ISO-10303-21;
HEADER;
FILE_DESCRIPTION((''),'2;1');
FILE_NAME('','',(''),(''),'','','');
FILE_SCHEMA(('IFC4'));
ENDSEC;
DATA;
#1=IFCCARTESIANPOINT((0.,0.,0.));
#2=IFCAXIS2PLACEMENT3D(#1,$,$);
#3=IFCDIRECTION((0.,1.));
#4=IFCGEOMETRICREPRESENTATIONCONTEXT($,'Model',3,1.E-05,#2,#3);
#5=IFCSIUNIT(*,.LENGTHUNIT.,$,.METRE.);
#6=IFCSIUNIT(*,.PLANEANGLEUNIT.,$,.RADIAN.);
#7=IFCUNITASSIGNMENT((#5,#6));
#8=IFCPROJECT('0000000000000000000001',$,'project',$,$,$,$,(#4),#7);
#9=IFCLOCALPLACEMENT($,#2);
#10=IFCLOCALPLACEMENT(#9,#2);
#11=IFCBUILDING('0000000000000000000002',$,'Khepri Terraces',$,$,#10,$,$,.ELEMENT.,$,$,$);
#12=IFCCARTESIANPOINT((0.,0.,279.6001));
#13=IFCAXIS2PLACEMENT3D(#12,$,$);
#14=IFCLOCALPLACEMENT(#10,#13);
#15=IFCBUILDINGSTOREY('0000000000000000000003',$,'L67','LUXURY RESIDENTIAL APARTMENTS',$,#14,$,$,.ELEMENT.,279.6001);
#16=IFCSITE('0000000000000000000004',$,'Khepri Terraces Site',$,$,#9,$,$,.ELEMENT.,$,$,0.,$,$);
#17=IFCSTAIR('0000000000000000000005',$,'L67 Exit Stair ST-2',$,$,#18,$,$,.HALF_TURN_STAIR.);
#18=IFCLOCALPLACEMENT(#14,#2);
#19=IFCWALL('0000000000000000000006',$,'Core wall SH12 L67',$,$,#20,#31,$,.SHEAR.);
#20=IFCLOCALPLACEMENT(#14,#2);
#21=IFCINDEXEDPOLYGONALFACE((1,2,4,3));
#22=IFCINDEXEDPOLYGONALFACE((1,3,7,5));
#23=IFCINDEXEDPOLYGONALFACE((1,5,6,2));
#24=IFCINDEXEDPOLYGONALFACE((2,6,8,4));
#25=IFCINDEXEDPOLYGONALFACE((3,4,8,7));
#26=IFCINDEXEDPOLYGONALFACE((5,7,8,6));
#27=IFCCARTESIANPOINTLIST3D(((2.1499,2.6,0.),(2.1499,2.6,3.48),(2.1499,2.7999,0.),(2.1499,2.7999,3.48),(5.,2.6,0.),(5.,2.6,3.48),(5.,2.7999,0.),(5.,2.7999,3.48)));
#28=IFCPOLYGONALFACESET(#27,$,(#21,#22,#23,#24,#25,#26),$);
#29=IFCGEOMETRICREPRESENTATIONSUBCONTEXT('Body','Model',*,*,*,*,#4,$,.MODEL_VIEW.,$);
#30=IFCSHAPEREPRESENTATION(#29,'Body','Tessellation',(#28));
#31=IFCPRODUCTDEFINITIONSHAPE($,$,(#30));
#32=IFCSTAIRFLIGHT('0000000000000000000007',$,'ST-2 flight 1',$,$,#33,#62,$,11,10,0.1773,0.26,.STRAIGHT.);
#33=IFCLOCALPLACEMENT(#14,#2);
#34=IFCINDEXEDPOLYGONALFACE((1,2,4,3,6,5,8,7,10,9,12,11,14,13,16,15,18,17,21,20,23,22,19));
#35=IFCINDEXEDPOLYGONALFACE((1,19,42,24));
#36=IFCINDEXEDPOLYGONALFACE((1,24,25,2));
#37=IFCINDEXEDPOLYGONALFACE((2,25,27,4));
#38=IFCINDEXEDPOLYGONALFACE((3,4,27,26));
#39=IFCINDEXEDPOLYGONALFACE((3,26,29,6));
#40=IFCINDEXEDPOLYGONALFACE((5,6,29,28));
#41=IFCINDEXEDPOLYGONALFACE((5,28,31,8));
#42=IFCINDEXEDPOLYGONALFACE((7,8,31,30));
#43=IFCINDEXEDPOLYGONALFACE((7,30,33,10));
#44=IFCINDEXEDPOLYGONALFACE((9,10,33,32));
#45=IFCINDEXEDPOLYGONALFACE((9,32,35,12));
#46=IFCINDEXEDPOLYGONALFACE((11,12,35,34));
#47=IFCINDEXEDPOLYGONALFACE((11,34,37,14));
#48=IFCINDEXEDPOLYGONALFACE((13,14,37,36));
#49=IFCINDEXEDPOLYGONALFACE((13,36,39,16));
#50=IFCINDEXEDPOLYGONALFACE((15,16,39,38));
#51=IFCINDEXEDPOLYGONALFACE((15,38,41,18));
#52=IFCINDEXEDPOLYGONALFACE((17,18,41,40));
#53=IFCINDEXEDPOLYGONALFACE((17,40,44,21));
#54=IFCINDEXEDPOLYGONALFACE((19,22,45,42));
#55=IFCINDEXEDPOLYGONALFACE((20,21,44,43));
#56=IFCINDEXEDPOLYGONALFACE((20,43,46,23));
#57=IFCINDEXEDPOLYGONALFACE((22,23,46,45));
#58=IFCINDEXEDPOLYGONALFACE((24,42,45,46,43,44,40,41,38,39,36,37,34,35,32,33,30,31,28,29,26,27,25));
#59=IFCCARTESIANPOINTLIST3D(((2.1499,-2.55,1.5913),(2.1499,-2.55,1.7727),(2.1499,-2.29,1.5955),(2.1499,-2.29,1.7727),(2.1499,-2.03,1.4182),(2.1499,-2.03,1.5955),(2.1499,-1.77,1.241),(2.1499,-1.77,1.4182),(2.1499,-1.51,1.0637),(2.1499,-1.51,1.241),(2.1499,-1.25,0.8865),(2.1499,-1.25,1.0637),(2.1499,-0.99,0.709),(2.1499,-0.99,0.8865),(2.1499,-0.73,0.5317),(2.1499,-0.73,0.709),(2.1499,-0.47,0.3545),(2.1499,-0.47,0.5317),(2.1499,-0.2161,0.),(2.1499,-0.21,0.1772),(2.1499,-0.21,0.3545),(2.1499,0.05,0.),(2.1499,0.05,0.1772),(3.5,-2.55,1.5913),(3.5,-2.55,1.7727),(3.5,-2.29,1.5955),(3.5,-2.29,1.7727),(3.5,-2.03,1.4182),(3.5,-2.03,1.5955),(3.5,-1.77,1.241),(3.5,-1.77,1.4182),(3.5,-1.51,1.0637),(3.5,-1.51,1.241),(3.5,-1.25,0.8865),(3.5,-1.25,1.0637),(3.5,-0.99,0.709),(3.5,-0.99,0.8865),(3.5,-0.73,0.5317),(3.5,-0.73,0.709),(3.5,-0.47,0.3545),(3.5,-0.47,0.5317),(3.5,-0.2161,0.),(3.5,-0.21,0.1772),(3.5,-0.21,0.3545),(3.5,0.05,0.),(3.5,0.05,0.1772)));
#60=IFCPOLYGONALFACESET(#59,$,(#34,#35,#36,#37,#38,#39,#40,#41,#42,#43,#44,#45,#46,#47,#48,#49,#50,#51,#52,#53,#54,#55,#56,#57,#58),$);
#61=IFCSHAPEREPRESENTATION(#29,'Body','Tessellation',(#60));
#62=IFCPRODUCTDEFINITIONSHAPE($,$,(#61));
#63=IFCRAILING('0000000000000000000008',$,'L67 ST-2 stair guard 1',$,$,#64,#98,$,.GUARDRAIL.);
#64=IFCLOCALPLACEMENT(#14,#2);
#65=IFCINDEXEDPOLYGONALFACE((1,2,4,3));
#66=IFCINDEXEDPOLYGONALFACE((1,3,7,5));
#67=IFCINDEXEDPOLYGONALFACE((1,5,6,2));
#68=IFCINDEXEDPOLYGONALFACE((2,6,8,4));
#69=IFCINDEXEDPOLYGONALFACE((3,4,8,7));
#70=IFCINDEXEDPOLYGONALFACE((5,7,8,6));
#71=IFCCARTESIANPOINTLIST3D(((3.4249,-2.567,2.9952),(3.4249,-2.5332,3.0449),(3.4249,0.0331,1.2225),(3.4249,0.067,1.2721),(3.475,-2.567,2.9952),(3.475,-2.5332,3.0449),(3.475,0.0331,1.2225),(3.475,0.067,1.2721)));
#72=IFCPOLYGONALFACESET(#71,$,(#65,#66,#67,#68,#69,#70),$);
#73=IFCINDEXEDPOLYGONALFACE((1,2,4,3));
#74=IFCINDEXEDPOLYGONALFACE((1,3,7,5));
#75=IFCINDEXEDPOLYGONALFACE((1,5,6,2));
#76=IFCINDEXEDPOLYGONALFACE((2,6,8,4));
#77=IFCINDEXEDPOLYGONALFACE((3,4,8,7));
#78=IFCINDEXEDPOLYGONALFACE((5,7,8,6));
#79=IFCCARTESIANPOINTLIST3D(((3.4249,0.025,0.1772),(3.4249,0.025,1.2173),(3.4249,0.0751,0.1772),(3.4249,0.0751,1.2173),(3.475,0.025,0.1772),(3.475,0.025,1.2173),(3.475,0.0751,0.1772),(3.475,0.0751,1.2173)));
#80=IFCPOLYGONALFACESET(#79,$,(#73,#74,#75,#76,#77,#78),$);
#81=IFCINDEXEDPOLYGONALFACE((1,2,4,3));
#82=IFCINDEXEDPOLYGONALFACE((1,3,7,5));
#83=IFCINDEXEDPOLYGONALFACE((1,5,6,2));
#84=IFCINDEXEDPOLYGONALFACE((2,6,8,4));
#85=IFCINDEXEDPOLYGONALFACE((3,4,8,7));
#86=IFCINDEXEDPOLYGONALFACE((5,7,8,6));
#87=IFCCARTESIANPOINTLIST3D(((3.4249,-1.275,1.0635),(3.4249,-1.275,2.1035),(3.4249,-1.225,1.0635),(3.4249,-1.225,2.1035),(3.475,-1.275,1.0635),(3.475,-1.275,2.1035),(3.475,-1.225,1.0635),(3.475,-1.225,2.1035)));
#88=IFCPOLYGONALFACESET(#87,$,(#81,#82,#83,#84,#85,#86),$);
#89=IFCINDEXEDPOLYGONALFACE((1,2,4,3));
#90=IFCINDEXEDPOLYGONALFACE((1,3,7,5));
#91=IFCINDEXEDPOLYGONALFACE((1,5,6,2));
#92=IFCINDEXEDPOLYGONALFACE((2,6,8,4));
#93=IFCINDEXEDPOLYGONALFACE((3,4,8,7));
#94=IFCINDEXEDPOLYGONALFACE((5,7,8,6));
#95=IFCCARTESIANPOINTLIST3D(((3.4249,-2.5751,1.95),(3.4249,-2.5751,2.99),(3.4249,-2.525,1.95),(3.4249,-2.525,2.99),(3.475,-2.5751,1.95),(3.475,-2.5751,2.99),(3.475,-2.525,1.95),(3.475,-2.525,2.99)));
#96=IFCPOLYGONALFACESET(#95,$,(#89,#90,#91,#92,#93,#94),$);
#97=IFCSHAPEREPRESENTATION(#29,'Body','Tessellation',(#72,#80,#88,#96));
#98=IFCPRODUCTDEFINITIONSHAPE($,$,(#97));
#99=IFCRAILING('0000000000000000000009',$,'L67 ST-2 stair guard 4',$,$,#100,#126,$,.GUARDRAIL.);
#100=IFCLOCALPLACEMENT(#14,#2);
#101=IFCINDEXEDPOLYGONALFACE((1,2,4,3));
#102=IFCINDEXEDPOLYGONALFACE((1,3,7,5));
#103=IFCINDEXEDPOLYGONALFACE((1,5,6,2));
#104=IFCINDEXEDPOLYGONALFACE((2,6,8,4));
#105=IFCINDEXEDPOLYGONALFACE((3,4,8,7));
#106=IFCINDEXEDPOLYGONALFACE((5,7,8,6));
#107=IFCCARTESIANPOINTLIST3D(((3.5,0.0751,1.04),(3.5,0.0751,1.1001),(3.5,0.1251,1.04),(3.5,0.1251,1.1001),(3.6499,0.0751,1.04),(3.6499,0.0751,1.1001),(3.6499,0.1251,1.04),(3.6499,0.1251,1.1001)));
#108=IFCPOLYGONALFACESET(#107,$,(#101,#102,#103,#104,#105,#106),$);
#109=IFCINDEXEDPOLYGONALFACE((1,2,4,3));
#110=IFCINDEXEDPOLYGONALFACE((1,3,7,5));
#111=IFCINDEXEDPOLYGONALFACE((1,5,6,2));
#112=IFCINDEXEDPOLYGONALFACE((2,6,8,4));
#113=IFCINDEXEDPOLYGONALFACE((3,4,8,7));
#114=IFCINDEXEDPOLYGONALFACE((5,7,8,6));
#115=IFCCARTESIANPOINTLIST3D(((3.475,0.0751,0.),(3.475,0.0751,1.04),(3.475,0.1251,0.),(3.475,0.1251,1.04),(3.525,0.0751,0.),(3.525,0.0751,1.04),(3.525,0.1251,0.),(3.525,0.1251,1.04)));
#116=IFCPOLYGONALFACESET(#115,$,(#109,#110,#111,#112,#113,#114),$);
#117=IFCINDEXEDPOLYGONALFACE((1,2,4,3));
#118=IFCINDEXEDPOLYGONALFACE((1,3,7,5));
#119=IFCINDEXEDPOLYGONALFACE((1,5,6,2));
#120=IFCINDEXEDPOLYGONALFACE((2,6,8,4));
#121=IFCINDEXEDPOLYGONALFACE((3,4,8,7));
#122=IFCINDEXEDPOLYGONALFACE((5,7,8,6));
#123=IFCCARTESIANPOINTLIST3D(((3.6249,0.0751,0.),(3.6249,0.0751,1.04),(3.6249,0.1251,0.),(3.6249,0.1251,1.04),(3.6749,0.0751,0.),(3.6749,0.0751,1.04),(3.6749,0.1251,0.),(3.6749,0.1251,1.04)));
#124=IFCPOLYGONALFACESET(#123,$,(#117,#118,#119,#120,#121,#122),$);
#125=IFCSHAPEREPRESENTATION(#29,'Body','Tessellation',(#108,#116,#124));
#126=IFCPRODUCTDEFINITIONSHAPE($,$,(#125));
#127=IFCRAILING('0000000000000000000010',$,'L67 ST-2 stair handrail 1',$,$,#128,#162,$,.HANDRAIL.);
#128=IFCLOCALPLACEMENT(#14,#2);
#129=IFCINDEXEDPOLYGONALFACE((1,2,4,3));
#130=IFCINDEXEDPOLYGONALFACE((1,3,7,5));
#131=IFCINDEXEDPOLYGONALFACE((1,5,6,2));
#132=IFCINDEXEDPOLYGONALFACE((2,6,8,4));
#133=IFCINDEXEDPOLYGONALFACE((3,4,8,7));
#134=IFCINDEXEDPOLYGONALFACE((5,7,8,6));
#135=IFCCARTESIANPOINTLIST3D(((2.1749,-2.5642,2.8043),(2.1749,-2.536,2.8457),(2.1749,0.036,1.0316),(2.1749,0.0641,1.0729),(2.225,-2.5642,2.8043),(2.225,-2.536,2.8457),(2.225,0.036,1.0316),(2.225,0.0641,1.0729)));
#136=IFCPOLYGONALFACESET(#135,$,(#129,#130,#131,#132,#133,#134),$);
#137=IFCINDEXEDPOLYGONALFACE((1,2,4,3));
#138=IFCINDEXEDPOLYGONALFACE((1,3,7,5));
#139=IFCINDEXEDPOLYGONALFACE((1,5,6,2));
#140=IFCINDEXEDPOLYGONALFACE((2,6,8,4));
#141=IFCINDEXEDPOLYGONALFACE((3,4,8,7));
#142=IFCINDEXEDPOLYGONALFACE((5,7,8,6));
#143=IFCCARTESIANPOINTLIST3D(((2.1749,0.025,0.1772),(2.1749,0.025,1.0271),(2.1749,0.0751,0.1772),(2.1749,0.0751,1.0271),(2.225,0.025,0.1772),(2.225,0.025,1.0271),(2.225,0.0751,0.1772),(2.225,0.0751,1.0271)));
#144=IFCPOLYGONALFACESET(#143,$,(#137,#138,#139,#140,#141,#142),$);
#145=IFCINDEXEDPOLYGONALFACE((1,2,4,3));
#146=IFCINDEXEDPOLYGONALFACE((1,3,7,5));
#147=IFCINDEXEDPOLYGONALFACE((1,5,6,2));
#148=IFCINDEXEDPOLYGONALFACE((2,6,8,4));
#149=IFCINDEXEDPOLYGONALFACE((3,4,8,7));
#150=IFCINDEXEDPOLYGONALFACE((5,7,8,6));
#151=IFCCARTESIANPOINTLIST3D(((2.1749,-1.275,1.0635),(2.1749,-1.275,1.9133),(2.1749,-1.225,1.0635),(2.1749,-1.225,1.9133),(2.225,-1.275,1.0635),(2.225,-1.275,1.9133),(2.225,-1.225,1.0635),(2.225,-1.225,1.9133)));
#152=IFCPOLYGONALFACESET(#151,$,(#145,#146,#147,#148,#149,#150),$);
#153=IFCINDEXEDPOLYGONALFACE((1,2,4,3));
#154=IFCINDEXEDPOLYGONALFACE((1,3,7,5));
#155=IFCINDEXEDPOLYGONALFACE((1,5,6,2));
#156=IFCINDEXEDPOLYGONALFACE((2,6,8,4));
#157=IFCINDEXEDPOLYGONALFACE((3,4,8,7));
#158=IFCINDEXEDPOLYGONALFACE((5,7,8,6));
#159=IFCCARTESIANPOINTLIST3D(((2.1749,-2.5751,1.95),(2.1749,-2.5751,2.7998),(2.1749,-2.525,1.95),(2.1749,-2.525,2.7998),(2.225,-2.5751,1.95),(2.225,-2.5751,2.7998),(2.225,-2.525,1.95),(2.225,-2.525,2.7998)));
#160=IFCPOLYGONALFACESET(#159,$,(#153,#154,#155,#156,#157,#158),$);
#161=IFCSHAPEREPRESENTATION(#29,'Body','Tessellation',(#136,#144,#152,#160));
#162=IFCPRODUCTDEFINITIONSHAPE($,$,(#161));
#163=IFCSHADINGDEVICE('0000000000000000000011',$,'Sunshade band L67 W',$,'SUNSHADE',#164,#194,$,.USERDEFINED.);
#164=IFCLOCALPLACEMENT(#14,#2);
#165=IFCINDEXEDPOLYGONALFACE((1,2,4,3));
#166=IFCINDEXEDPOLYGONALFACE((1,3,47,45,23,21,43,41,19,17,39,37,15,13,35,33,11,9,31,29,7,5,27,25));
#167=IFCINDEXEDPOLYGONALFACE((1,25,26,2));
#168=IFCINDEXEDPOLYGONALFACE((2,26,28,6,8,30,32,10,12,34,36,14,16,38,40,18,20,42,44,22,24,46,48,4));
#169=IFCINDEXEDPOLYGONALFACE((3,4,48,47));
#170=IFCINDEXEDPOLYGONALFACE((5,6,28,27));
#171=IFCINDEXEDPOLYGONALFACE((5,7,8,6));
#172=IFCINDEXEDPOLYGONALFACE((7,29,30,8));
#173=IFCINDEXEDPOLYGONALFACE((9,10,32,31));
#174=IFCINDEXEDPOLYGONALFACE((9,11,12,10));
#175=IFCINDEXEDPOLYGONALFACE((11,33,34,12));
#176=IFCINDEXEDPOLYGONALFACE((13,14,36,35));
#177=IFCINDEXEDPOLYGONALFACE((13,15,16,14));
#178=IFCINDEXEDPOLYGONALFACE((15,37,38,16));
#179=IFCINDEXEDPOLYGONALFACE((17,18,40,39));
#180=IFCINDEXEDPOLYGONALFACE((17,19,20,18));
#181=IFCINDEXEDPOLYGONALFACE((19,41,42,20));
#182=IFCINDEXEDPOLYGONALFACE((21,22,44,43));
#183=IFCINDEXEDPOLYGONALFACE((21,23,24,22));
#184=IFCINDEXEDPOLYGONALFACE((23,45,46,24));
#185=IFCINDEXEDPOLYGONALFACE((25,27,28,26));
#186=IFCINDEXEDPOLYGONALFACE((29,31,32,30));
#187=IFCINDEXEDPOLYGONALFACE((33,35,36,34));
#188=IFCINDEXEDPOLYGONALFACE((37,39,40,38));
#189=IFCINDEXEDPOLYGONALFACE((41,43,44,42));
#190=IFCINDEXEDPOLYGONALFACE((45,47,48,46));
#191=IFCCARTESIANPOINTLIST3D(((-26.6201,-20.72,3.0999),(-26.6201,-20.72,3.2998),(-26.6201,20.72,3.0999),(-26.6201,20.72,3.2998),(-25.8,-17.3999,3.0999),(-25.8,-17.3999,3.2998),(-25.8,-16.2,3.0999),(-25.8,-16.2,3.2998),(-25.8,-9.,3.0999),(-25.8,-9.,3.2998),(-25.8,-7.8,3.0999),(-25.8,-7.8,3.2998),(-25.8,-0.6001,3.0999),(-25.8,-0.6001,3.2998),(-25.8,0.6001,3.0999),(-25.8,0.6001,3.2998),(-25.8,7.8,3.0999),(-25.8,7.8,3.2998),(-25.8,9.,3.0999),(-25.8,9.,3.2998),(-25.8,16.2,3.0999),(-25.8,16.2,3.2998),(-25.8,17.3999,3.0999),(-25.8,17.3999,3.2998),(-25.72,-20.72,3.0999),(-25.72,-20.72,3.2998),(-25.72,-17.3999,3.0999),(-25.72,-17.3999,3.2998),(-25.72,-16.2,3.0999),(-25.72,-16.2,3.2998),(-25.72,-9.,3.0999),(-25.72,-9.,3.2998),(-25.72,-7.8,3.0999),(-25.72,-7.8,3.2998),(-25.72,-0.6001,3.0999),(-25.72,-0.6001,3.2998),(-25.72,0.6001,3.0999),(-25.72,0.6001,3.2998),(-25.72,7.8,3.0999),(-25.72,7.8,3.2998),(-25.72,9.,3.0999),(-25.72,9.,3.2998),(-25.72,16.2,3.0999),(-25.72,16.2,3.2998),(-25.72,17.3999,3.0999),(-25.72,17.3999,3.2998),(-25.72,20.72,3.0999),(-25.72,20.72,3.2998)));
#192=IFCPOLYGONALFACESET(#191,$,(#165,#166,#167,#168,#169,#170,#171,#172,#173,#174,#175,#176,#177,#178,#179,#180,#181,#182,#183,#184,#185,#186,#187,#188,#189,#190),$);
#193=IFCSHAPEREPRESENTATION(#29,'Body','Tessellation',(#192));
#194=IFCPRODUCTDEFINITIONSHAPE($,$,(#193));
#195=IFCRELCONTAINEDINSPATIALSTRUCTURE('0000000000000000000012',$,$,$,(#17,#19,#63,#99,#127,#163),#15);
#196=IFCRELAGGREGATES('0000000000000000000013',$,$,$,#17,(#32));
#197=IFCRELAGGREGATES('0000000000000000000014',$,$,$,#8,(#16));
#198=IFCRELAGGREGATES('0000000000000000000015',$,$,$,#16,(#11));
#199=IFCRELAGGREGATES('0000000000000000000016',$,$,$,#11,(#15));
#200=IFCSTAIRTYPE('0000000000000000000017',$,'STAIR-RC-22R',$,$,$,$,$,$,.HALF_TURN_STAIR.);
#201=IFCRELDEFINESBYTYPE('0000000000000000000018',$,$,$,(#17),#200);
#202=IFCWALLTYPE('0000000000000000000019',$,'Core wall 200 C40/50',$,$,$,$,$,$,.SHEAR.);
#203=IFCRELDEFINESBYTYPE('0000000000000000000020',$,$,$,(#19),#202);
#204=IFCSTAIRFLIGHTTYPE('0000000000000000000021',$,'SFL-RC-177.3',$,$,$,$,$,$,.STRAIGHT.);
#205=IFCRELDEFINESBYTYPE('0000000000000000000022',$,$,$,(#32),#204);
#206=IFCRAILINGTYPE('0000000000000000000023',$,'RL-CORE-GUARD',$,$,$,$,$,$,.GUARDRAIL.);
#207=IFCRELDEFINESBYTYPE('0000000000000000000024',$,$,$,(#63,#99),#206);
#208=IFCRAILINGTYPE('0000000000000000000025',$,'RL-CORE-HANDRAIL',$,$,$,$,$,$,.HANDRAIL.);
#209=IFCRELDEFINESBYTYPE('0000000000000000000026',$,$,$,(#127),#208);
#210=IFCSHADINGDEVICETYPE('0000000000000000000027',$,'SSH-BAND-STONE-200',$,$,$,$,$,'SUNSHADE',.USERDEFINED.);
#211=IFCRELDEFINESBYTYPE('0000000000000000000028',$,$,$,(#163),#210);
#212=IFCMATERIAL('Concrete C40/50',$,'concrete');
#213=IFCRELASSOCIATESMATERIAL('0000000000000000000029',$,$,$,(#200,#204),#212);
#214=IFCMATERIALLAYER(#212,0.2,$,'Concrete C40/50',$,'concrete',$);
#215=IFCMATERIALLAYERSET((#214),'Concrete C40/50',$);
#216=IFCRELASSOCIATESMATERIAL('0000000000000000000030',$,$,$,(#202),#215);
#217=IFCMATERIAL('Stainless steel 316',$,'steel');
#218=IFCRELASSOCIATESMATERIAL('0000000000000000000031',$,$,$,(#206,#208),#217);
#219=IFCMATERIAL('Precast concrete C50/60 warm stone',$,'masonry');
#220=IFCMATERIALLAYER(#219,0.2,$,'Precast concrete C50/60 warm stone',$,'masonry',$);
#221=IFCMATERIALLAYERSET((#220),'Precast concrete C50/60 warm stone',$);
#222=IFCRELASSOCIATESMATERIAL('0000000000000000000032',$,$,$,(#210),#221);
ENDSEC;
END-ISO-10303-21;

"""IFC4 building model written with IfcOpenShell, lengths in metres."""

from ifc_helpers import new_model, si_unit, direction, frame, frame_2d, origin, origin_2d, place, context, subcontext, project, spatial, polyline, rectangle, outline, extrude, material, layer, layer_set, type_object, element, aggregate, save


model = new_model("IFC4")

# Units and contexts
model_context = context("Model", 3, precision=1e-05, world=origin(), true_north=direction((0.0, 1.0)))
body_context = subcontext(model_context, "Body", "Model", "MODEL_VIEW")
ifc_project = project(units=[si_unit("LENGTHUNIT", "METRE"), si_unit("PLANEANGLEUNIT", "RADIAN")], contexts=[model_context])

# Site, building, storey
site_placement = place(None, origin())
site = spatial("IfcSite", under=ifc_project, at=site_placement, Name="Khepri Terraces Site", CompositionType="ELEMENT", RefElevation=0.0)
building_placement = place(site_placement, origin())
building = spatial("IfcBuilding", under=site, at=building_placement, Name="Khepri Terraces", CompositionType="ELEMENT")
storey_placement = place(building_placement, frame((0.0, 0.0, 279.6001)))
storey = spatial("IfcBuildingStorey", under=building, at=storey_placement, Name="L67", Description="LUXURY RESIDENTIAL APARTMENTS", CompositionType="ELEMENT", Elevation=279.6001)

# Stair
ifc_material_1 = material(Name="Concrete C40/50", Category="concrete")
stair_type = type_object("IfcStairType", Name="STAIR-RC-22R", PredefinedType="HALF_TURN_STAIR", material=ifc_material_1)
stair_1_placement = place(storey_placement, origin())
stair_1 = element("IfcStair", 1, at=stair_1_placement, inside=storey, type_object=stair_type, Name="L67 Exit Stair ST-2", PredefinedType="HALF_TURN_STAIR")

# Shared definitions
ifc_layer_1 = layer(ifc_material_1, 0.2, Name="Concrete C40/50", Category="concrete")
ifc_layer_set_1 = layer_set([ifc_layer_1], Name="Concrete C40/50")
wall_type = type_object("IfcWallType", Name="Core wall 200 C40/50", PredefinedType="SHEAR", material=ifc_layer_set_1)

# Wall
wall_1_placement = place(storey_placement, frame((2.1499, 2.7, 0.0), z_axis=(0.0, 0.0, 1.0), x_axis=(1.0, 0.0, 0.0)))
element("IfcWall", 2, at=wall_1_placement, inside=storey, type_object=wall_type, Name="Core wall SH12 L67", PredefinedType="SHEAR", context=body_context, shape_type="SweptSolid", body=[
    extrude(rectangle(XDim=2.8501, YDim=0.2, at=frame_2d((1.425, 0.0))), origin(), (0.0, 0.0, 1.0), 3.48),
])

# Stair flight
stair_flight_type = type_object("IfcStairFlightType", Name="SFL-RC-177.3", PredefinedType="STRAIGHT", material=ifc_material_1)
stair_flight_placement = place(storey_placement, frame((2.825, 0.05, 0.0), z_axis=(0.0, 0.0, 1.0), x_axis=(0.0, -1.0, 0.0)))
stair_flight = element("IfcStairFlight", 3, at=stair_flight_placement, type_object=stair_flight_type, Name="ST-2 flight 1", NumberOfRisers=11, NumberOfTreads=10, PredefinedType="STRAIGHT", RiserHeight=0.1773, TreadLength=0.26, context=body_context, shape_type="SweptSolid", body=[
    extrude(outline(polyline([(0.0, 0.0), (0.0, 0.1772), (0.26, 0.1772), (0.26, 0.3545), (0.52, 0.3545), (0.52, 0.5317), (0.78, 0.5317), (0.78, 0.709), (1.04, 0.709), (1.04, 0.8865), (1.3, 0.8865), (1.3, 1.0637), (1.5601, 1.0637), (1.5601, 1.241), (1.8201, 1.241), (1.8201, 1.4182), (2.0801, 1.4182), (2.0801, 1.5955), (2.3401, 1.5955), (2.3401, 1.7727), (2.6001, 1.7727), (2.6001, 1.95), (2.6001, 1.5913), (0.2661, 0.0), (0.0, 0.0)])), frame((0.0, 0.675, 0.0), z_axis=(0.0, -1.0, 0.0), x_axis=(1.0, 0.0, 0.0)), (0.0, 0.0, 1.0), 1.3501),
])
aggregate(stair_1, [stair_flight])

# Railings
ifc_material_2 = material(Name="Stainless steel 316", Category="steel")
railing_type_1 = type_object("IfcRailingType", Name="RL-CORE-GUARD", PredefinedType="GUARDRAIL", material=ifc_material_2)
railing_1_placement = place(storey_placement, frame((3.45, 0.05, 0.1772)))
element("IfcRailing", 4, at=railing_1_placement, inside=storey, type_object=railing_type_1, Name="L67 ST-2 stair guard 1", PredefinedType="GUARDRAIL", context=body_context, shape_type="SweptSolid", body=[
    extrude(rectangle(XDim=0.05, YDim=0.0601, at=origin_2d()), frame((0.0, 0.0, 1.0701), z_axis=(0.0, -0.82624, 0.563318), x_axis=(1.0, 0.0, 0.0)), (0.0, 0.0, 1.0), 3.147),
    extrude(rectangle(XDim=0.05, YDim=0.05, at=origin_2d()), origin(), (0.0, 0.0, 1.0), 1.04),
    extrude(rectangle(XDim=0.05, YDim=0.05, at=origin_2d()), frame((0.0, -1.3, 0.8862)), (0.0, 0.0, 1.0), 1.04),
    extrude(rectangle(XDim=0.05, YDim=0.05, at=origin_2d()), frame((0.0, -2.6001, 1.7727)), (0.0, 0.0, 1.0), 1.04),
])
railing_2_placement = place(storey_placement, frame((3.5, 0.1001, 0.0)))
element("IfcRailing", 5, at=railing_2_placement, inside=storey, type_object=railing_type_1, Name="L67 ST-2 stair guard 4", PredefinedType="GUARDRAIL", context=body_context, shape_type="SweptSolid", body=[
    extrude(rectangle(XDim=0.05, YDim=0.0601, at=origin_2d()), frame((0.0, 0.0, 1.0701), z_axis=(1.0, 0.0, 0.0), x_axis=(0.0, 1.0, 0.0)), (0.0, 0.0, 1.0), 0.1499),
    extrude(rectangle(XDim=0.05, YDim=0.05, at=origin_2d()), origin(), (0.0, 0.0, 1.0), 1.04),
    extrude(rectangle(XDim=0.05, YDim=0.05, at=origin_2d()), frame((0.1499, 0.0, 0.0)), (0.0, 0.0, 1.0), 1.04),
])
railing_type_2 = type_object("IfcRailingType", Name="RL-CORE-HANDRAIL", PredefinedType="HANDRAIL", material=ifc_material_2)
railing_3_placement = place(storey_placement, frame((2.2, 0.05, 0.1772)))
element("IfcRailing", 6, at=railing_3_placement, inside=storey, type_object=railing_type_2, Name="L67 ST-2 stair handrail 1", PredefinedType="HANDRAIL", context=body_context, shape_type="SweptSolid", body=[
    extrude(rectangle(XDim=0.05, YDim=0.05, at=origin_2d()), frame((0.0, 0.0, 0.875), z_axis=(0.0, -0.82624, 0.563318), x_axis=(1.0, 0.0, 0.0)), (0.0, 0.0, 1.0), 3.147),
    extrude(rectangle(XDim=0.05, YDim=0.05, at=origin_2d()), origin(), (0.0, 0.0, 1.0), 0.8499),
    extrude(rectangle(XDim=0.05, YDim=0.05, at=origin_2d()), frame((0.0, -1.3, 0.8862)), (0.0, 0.0, 1.0), 0.8499),
    extrude(rectangle(XDim=0.05, YDim=0.05, at=origin_2d()), frame((0.0, -2.6001, 1.7727)), (0.0, 0.0, 1.0), 0.8499),
])

# Shading device
ifc_material_3 = material(Name="Precast concrete C50/60 warm stone", Category="masonry")
ifc_layer_2 = layer(ifc_material_3, 0.2, Name="Precast concrete C50/60 warm stone", Category="masonry")
ifc_layer_set_2 = layer_set([ifc_layer_2], Name="Precast concrete C50/60 warm stone")
shading_device_type_1 = type_object("IfcShadingDeviceType", Name="SSH-BAND-STONE-200", ElementType="SUNSHADE", PredefinedType="USERDEFINED", material=ifc_layer_set_2)
shading_device_1_placement = place(storey_placement, frame((0.0, 0.0, 3.0999)))
element("IfcShadingDevice", 7, at=shading_device_1_placement, inside=storey, type_object=shading_device_type_1, Name="Sunshade band L67 W", ObjectType="SUNSHADE", PredefinedType="USERDEFINED", context=body_context, shape_type="SweptSolid", body=[
    extrude(outline(polyline([(-25.72, 17.3999), (-25.72, 20.72), (-26.6201, 20.72), (-26.6201, -20.72), (-25.72, -20.72), (-25.72, -17.3999), (-25.8, -17.3999), (-25.8, -16.2), (-25.72, -16.2), (-25.72, -9.0), (-25.8, -9.0), (-25.8, -7.8), (-25.72, -7.8), (-25.72, -0.6001), (-25.8, -0.6001), (-25.8, 0.6001), (-25.72, 0.6001), (-25.72, 7.8), (-25.8, 7.8), (-25.8, 9.0), (-25.72, 9.0), (-25.72, 16.2), (-25.8, 16.2), (-25.8, 17.3999), (-25.72, 17.3999)])), origin(), (0.0, 0.0, 1.0), 0.2),
])

save(model, "model.ifc")
